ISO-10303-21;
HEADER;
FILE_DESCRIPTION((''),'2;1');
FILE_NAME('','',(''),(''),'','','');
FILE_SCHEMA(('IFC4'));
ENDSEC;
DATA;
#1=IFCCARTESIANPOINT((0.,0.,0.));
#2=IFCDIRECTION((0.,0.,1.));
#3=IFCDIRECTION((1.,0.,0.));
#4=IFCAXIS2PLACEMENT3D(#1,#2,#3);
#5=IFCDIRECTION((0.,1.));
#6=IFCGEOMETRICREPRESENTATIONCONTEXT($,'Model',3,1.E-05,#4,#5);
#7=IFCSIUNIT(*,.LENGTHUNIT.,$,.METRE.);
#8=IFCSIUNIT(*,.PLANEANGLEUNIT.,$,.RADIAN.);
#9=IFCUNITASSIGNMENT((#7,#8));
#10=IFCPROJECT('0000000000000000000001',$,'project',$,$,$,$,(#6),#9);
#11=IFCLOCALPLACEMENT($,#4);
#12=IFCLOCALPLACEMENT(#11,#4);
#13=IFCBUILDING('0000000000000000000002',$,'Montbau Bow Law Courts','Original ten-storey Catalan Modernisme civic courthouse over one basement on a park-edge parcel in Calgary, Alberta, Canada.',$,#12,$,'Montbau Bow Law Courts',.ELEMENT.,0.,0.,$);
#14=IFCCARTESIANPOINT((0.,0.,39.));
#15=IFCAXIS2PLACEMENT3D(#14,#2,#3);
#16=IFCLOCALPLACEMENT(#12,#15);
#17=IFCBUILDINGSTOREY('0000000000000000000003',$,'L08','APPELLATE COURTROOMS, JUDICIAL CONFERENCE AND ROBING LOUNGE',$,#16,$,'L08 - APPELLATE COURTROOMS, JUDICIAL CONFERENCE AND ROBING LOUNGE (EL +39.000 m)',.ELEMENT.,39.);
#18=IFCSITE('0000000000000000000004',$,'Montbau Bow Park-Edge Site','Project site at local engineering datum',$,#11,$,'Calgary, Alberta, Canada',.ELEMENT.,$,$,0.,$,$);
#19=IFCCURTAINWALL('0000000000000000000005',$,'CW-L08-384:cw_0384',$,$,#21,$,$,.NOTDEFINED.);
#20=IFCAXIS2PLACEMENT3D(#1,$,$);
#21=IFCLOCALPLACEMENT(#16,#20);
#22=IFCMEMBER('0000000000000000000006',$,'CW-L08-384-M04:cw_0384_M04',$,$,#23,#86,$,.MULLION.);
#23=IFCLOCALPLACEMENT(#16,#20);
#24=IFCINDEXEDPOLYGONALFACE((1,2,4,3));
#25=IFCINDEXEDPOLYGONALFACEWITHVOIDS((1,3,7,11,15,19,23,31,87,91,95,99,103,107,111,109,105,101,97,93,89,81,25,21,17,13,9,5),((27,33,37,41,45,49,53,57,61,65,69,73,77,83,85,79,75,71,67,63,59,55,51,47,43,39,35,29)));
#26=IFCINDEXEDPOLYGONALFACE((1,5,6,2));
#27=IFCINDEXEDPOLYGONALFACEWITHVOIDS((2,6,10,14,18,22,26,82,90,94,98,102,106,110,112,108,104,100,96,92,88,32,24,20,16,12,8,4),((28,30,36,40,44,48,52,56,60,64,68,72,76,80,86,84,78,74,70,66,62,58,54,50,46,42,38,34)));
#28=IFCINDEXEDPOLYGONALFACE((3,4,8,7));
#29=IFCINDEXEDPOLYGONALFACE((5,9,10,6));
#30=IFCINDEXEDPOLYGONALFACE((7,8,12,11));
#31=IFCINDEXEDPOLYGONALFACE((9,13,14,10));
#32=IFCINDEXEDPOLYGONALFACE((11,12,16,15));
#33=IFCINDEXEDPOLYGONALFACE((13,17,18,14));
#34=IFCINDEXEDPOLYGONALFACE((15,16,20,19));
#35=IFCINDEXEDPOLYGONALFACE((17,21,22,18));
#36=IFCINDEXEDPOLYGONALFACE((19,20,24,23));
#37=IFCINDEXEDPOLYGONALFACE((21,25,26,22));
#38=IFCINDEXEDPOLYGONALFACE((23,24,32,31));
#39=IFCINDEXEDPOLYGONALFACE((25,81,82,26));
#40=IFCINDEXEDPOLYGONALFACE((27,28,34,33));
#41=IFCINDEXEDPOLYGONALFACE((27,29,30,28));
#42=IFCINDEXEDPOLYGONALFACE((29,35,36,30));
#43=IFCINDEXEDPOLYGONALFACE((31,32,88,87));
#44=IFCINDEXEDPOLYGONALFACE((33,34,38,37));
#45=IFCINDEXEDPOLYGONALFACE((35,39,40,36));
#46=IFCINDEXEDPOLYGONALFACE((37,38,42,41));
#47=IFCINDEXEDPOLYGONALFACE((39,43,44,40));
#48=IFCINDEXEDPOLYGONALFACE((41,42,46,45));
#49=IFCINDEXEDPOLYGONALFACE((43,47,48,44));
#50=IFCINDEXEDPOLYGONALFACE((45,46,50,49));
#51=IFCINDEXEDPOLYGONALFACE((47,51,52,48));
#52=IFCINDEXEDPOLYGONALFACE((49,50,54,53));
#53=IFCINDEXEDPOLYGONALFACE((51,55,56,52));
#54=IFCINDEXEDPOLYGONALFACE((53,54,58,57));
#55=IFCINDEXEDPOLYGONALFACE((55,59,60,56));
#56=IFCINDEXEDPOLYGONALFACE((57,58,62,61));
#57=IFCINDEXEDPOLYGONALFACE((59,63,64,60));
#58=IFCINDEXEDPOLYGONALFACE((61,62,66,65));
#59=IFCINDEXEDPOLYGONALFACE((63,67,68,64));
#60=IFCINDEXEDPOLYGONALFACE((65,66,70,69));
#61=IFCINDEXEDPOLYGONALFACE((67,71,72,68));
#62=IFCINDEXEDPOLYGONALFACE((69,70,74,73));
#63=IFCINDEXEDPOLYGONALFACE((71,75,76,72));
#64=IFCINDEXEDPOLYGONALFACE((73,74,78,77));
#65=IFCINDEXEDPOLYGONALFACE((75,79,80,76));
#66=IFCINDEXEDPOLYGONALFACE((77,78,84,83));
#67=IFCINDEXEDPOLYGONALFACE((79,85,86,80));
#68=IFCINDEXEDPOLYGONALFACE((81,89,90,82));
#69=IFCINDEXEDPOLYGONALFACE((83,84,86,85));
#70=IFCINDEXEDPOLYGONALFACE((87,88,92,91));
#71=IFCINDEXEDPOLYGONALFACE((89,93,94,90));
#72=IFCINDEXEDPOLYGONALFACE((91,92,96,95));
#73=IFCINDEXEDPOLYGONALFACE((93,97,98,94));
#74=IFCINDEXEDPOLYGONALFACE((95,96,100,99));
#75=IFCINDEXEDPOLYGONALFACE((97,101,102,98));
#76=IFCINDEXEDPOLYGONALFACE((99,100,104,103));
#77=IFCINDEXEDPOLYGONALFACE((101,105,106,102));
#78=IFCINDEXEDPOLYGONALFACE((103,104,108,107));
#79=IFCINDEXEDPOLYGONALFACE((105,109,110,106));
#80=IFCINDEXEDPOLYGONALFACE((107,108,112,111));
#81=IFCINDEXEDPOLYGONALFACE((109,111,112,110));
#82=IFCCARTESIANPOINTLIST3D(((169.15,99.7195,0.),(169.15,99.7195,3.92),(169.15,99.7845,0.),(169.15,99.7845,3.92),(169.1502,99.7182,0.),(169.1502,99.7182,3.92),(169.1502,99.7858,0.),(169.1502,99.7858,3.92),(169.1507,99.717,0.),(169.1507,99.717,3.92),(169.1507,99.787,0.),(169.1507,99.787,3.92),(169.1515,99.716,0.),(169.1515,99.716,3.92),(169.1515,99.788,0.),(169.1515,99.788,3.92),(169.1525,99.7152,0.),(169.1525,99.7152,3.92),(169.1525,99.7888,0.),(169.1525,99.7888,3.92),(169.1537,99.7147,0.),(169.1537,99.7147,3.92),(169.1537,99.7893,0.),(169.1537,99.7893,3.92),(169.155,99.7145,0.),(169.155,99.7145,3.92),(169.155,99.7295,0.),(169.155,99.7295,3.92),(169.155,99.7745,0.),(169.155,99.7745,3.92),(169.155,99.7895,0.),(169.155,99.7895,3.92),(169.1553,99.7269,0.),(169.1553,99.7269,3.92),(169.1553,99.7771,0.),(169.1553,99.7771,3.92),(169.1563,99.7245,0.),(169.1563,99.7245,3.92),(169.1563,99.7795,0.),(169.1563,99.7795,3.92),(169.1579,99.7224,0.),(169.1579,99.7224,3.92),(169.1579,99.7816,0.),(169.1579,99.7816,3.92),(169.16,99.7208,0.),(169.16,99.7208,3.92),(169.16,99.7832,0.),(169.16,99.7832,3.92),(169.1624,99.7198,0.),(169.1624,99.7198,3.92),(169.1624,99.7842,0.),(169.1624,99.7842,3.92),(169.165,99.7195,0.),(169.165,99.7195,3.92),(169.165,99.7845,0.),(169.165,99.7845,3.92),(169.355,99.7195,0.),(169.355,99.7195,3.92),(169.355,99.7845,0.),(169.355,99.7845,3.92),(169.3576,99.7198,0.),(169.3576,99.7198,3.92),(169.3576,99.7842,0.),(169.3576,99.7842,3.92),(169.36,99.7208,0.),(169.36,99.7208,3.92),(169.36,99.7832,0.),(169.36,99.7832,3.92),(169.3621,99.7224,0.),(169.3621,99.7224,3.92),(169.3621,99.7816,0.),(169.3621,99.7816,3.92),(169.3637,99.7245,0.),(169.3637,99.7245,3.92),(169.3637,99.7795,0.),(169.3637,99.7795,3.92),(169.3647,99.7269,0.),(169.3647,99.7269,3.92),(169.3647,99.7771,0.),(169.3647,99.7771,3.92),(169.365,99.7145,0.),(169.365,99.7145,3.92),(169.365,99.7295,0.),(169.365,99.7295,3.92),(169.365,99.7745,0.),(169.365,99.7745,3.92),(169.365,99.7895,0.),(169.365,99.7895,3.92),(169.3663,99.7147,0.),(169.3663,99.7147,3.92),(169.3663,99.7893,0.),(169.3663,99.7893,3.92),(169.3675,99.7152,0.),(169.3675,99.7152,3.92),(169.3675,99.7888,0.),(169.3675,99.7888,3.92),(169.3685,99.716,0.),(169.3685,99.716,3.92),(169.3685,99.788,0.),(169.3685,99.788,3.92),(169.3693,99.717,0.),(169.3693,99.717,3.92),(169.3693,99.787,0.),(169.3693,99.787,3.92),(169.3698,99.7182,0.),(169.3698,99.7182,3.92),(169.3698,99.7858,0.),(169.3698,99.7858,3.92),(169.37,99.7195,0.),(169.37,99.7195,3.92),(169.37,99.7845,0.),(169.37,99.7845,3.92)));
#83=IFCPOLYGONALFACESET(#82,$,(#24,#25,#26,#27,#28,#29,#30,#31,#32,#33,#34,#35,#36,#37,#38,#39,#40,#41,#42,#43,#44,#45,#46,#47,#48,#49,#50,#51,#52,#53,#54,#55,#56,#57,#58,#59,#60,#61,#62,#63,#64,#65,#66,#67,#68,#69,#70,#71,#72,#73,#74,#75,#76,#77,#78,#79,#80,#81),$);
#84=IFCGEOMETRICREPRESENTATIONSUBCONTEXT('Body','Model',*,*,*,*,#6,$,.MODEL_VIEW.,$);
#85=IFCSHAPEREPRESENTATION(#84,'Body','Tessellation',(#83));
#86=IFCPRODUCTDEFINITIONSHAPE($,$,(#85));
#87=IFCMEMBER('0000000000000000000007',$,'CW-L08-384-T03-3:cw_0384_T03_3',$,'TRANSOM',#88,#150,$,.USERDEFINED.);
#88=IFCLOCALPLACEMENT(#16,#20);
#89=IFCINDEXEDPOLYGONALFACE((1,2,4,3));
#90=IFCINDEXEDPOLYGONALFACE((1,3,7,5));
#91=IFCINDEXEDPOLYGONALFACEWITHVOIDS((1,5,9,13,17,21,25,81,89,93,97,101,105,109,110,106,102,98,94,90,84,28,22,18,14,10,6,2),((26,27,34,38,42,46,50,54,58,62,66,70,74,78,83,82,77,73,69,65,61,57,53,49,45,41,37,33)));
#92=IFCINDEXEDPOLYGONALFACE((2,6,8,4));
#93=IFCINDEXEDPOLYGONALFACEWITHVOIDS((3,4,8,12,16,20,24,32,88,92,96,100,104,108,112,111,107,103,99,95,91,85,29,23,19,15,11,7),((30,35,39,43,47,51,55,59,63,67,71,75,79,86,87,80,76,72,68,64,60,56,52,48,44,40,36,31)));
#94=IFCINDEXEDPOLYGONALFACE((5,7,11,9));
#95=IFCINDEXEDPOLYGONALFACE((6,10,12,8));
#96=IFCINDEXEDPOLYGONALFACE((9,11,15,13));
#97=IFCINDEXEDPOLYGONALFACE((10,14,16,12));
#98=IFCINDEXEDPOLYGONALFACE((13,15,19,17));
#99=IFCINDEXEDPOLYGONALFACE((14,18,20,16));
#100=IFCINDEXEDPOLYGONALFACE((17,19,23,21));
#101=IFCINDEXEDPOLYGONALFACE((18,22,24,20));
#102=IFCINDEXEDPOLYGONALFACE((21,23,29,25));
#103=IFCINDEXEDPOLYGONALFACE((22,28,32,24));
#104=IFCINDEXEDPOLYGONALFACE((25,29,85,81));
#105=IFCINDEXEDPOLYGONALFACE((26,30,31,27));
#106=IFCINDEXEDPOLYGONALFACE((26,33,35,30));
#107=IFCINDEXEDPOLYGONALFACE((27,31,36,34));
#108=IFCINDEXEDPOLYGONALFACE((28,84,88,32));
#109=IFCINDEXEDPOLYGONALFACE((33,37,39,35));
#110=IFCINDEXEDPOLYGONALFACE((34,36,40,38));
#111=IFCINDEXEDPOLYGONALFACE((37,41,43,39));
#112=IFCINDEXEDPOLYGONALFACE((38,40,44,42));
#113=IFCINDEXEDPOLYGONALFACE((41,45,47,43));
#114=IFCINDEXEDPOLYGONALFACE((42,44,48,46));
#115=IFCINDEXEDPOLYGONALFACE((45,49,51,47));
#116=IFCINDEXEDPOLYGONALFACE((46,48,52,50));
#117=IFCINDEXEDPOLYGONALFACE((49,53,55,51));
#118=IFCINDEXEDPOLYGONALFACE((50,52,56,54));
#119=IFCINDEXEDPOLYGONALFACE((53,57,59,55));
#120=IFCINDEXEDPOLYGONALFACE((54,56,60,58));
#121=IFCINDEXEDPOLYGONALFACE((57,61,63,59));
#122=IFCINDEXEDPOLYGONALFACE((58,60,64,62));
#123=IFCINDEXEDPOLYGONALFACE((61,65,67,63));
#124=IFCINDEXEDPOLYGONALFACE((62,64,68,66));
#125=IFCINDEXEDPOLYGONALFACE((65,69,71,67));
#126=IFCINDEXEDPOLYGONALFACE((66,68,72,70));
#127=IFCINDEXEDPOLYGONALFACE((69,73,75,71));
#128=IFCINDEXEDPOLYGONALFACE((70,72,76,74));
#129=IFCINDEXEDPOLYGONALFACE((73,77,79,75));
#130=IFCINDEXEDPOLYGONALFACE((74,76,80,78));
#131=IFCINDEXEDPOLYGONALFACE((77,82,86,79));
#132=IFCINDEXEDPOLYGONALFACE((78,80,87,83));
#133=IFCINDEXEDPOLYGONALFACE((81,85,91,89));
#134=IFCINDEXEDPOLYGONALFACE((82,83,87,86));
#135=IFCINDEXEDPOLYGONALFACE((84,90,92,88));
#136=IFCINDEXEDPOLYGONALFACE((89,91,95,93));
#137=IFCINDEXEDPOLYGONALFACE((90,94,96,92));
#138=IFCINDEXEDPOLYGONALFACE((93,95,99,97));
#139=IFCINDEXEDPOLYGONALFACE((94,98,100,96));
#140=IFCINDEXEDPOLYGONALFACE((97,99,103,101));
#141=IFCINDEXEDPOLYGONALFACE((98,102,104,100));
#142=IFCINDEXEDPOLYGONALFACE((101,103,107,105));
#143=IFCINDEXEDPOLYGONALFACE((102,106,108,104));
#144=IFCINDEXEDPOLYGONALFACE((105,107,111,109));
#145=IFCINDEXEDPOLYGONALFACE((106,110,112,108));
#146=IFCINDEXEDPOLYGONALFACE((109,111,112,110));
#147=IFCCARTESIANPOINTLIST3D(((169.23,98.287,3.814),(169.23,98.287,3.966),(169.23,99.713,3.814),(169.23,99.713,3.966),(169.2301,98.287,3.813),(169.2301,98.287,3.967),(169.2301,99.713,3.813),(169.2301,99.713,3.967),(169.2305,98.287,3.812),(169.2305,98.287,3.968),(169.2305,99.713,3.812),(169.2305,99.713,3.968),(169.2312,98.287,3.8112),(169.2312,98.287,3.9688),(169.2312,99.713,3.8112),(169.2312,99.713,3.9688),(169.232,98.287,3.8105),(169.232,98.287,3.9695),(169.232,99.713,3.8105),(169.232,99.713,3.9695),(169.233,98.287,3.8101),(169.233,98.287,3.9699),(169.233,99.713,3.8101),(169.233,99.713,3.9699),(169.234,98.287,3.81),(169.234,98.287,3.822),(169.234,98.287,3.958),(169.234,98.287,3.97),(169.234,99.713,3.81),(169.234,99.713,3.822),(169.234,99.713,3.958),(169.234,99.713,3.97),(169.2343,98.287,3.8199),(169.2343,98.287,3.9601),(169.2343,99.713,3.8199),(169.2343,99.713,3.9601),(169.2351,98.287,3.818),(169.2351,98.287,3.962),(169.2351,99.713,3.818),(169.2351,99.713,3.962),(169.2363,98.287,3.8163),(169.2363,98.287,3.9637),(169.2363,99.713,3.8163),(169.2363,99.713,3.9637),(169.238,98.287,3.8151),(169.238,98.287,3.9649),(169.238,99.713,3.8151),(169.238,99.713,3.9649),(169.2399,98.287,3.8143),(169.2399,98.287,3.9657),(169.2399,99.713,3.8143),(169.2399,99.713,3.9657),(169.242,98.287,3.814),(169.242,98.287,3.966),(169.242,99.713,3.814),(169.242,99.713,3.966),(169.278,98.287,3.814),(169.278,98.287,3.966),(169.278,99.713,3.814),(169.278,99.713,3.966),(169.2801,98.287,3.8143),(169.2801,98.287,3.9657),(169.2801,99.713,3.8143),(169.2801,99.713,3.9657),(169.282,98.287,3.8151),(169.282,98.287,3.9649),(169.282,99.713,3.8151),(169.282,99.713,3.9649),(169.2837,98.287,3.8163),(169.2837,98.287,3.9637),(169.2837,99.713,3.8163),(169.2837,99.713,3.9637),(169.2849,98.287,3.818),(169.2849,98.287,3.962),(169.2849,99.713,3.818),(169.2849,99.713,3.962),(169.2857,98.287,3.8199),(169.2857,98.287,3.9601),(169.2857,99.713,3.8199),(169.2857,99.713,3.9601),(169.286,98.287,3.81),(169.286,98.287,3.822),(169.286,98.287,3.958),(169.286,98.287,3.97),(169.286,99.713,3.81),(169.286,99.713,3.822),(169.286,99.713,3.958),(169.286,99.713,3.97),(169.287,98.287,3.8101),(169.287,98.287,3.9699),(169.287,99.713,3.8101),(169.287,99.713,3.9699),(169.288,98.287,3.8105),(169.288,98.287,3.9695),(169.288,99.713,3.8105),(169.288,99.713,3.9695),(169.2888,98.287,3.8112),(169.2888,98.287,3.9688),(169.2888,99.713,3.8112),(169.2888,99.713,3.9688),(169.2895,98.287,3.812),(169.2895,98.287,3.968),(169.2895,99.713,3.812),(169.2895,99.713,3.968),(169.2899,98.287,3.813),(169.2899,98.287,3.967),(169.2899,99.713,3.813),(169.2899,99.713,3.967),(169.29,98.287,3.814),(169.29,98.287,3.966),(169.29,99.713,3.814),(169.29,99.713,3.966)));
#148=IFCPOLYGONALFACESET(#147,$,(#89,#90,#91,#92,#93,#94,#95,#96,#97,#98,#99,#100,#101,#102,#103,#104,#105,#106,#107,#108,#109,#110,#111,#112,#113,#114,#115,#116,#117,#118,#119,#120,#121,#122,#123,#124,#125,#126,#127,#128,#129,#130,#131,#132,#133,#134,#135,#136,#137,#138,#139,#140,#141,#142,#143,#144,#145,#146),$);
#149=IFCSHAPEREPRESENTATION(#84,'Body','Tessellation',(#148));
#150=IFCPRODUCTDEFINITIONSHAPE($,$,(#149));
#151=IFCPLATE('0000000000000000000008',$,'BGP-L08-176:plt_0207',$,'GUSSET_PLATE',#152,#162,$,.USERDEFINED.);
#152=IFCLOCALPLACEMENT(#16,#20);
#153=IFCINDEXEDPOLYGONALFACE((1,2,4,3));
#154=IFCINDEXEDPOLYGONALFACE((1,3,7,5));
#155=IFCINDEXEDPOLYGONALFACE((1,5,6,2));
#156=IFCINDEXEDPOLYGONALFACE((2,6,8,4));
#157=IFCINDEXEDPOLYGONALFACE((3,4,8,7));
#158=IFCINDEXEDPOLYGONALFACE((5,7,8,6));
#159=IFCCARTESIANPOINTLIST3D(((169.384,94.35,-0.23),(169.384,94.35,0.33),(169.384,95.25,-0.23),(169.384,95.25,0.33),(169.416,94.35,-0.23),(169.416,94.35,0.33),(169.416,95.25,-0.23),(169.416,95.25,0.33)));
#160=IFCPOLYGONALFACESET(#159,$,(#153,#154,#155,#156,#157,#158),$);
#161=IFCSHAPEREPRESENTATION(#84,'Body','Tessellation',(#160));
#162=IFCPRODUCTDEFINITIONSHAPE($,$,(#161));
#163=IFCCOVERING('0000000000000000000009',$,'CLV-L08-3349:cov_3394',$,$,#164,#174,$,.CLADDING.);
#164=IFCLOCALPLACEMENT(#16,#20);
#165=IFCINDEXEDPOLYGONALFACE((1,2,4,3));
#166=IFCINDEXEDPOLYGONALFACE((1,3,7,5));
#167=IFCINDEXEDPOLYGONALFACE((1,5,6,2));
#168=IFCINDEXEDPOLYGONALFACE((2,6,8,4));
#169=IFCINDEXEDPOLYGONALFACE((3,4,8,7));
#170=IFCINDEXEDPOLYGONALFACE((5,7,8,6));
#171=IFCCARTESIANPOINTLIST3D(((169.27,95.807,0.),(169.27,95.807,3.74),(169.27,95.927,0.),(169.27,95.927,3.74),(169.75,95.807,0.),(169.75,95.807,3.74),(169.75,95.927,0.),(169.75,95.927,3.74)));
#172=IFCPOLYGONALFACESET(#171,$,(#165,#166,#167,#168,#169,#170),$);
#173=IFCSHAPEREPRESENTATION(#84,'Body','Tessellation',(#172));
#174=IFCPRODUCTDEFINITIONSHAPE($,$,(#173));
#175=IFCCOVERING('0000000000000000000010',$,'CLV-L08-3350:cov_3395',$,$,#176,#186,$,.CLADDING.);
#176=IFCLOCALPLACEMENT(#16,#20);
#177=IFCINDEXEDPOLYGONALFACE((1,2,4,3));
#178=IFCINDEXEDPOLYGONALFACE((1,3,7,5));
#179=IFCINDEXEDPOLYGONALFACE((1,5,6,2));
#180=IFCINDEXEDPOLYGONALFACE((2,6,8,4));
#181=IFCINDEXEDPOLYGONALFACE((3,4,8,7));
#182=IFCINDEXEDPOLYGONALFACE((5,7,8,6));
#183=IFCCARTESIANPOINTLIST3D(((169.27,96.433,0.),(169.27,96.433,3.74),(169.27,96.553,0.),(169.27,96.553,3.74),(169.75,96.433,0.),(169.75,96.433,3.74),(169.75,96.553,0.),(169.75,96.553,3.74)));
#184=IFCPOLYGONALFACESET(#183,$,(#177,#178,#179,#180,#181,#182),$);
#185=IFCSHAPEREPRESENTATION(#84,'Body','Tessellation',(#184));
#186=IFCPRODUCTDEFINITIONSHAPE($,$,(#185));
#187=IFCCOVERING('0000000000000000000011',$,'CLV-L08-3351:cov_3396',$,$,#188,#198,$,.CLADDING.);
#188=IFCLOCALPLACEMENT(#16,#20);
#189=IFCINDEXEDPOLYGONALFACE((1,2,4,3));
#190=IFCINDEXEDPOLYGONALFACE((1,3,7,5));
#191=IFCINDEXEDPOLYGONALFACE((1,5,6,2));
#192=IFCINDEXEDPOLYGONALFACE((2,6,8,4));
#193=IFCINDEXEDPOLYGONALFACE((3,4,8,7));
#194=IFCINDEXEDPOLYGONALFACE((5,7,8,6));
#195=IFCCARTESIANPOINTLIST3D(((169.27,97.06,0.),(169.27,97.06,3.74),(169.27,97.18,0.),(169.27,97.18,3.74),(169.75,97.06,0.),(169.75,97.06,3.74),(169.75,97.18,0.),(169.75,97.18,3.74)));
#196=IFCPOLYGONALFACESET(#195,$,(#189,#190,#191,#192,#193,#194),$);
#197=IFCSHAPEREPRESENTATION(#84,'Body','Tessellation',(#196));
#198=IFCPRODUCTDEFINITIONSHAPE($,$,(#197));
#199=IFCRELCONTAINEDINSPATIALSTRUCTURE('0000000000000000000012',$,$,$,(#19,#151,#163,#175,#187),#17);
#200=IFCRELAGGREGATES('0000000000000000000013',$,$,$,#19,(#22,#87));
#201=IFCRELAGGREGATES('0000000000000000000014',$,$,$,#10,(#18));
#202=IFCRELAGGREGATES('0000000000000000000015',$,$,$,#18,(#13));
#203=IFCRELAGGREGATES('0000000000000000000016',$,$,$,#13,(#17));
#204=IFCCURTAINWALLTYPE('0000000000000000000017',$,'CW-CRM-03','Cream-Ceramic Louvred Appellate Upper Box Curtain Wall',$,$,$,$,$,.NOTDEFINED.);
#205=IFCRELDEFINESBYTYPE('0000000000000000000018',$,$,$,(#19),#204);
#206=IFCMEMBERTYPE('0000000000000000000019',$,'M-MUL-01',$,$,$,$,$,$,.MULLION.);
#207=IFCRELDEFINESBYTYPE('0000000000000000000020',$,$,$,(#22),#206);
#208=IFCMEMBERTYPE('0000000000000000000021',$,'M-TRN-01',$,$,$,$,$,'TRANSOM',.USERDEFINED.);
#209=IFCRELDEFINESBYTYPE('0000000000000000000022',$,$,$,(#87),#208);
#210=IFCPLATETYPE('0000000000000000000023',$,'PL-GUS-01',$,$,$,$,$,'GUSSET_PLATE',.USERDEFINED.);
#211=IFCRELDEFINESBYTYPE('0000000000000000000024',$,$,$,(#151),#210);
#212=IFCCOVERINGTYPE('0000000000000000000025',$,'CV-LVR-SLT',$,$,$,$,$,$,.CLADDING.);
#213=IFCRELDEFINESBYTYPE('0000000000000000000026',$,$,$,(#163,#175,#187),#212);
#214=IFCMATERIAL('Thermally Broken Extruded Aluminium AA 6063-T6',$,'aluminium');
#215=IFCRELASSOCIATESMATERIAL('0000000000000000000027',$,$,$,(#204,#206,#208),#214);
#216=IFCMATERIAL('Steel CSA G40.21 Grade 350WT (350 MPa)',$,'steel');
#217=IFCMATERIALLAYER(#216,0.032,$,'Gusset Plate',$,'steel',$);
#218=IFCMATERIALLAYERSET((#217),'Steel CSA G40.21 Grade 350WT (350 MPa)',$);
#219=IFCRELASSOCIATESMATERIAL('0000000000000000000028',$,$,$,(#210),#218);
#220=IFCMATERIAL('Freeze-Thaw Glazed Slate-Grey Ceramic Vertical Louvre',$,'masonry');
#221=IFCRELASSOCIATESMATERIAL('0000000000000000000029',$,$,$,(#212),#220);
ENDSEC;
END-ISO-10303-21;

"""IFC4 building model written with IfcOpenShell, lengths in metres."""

from ifc_helpers import new_model, si_unit, direction, frame, frame_2d, origin_with_axes, origin_2d_with_axis, place, context, subcontext, project, spatial, rectangle, hollow_rectangle, extrude, material, layer, layer_set, material_profile, profile_set, type_object, element, aggregate, save


model = new_model("IFC4")

# Units and contexts
model_context = context("Model", 3, precision=1e-05, world=origin_with_axes(), true_north=direction((0.0, 1.0)))
body_context = subcontext(model_context, "Body", "Model", "MODEL_VIEW")
ifc_project = project(units=[si_unit("LENGTHUNIT", "METRE"), si_unit("PLANEANGLEUNIT", "RADIAN")], contexts=[model_context])

# Site, building, storey
site_placement = place(None, origin_with_axes())
site = spatial("IfcSite", under=ifc_project, at=site_placement, Name="Montbau Bow Park-Edge Site", Description="Project site at local engineering datum", LongName="Calgary, Alberta, Canada", CompositionType="ELEMENT", RefElevation=0.0)
building_placement = place(site_placement, origin_with_axes())
building = spatial("IfcBuilding", under=site, at=building_placement, Name="Montbau Bow Law Courts", Description="Original ten-storey Catalan Modernisme civic courthouse over one basement on a park-edge parcel in Calgary, Alberta, Canada.", LongName="Montbau Bow Law Courts", CompositionType="ELEMENT", ElevationOfRefHeight=0.0, ElevationOfTerrain=0.0)
storey_placement = place(building_placement, frame((0.0, 0.0, 39.0), z_axis=(0.0, 0.0, 1.0), x_axis=(1.0, 0.0, 0.0)))
storey = spatial("IfcBuildingStorey", under=building, at=storey_placement, Name="L08", Description="APPELLATE COURTROOMS, JUDICIAL CONFERENCE AND ROBING LOUNGE", LongName="L08 - APPELLATE COURTROOMS, JUDICIAL CONFERENCE AND ROBING LOUNGE (EL +39.000 m)", CompositionType="ELEMENT", Elevation=39.0)

# Curtain wall, members
ifc_material_1 = material(Name="Thermally Broken Extruded Aluminium AA 6063-T6", Category="aluminium")
curtain_wall_type = type_object("IfcCurtainWallType", Name="CW-CRM-03", Description="Cream-Ceramic Louvred Appellate Upper Box Curtain Wall", PredefinedType="NOTDEFINED", material=ifc_material_1)
curtain_wall_placement = place(None, frame((169.26, 95.24, 39.0), z_axis=(0.0, 0.0, 1.0), x_axis=(1.0, 0.0, 0.0)))
curtain_wall = element("IfcCurtainWall", 1, at=curtain_wall_placement, inside=storey, type_object=curtain_wall_type, Name="CW-L08-384:cw_0384", PredefinedType="NOTDEFINED")
ifc_material_profile_1 = material_profile(ifc_material_1, hollow_rectangle(XDim=0.075, YDim=0.22, WallThickness=0.005, InnerFilletRadius=0.01, OuterFilletRadius=0.005, at=origin_2d_with_axis()), Name="CWM-220X75", Category="Main", Priority=0)
ifc_profile_set_1 = profile_set([ifc_material_profile_1], Name="Thermally Broken Extruded Aluminium AA 6063-T6")
member_type_1 = type_object("IfcMemberType", Name="M-MUL-01", PredefinedType="MULLION", material=ifc_profile_set_1)
member_1_placement = place(None, frame((169.26, 99.752, 39.0), z_axis=(0.0, 0.0, 1.0), x_axis=(0.0, 1.0, 0.0)))
member_1 = element("IfcMember", 2, at=member_1_placement, type_object=member_type_1, Name="CW-L08-384-M04:cw_0384_M04", PredefinedType="MULLION", context=body_context, shape_type="SweptSolid", body=[
    extrude(hollow_rectangle(XDim=0.075, YDim=0.22, WallThickness=0.005, InnerFilletRadius=0.01, OuterFilletRadius=0.005, at=origin_2d_with_axis()), origin_with_axes(), (0.0, 0.0, 1.0), 3.92),
])
ifc_material_profile_2 = material_profile(ifc_material_1, hollow_rectangle(XDim=0.06, YDim=0.16, WallThickness=0.004, InnerFilletRadius=0.008, OuterFilletRadius=0.004, at=origin_2d_with_axis()), Name="CWT-160X60", Category="Main", Priority=0)
ifc_profile_set_2 = profile_set([ifc_material_profile_2], Name="Thermally Broken Extruded Aluminium AA 6063-T6")
member_type_2 = type_object("IfcMemberType", Name="M-TRN-01", ElementType="TRANSOM", PredefinedType="USERDEFINED", material=ifc_profile_set_2)
member_2_placement = place(None, frame((169.26, 98.287, 42.89), z_axis=(0.0, 1.0, 0.0), x_axis=(-1.0, 0.0, 0.0)))
member_2 = element("IfcMember", 3, at=member_2_placement, type_object=member_type_2, Name="CW-L08-384-T03-3:cw_0384_T03_3", ObjectType="TRANSOM", PredefinedType="USERDEFINED", context=body_context, shape_type="SweptSolid", body=[
    extrude(hollow_rectangle(XDim=0.06, YDim=0.16, WallThickness=0.004, InnerFilletRadius=0.008, OuterFilletRadius=0.004, at=origin_2d_with_axis()), origin_with_axes(), (0.0, 0.0, 1.0), 1.426),
])
aggregate(curtain_wall, [member_1, member_2])

# Plate
ifc_material_2 = material(Name="Steel CSA G40.21 Grade 350WT (350 MPa)", Category="steel")
ifc_layer = layer(ifc_material_2, 0.032, Name="Gusset Plate", Category="steel")
ifc_layer_set = layer_set([ifc_layer], Name="Steel CSA G40.21 Grade 350WT (350 MPa)")
plate_type = type_object("IfcPlateType", Name="PL-GUS-01", ElementType="GUSSET_PLATE", PredefinedType="USERDEFINED", material=ifc_layer_set)
plate_placement = place(None, frame((169.4, 94.8, 38.77), z_axis=(0.0, 0.0, 1.0), x_axis=(0.0, 1.0, 0.0)))
element("IfcPlate", 4, at=plate_placement, inside=storey, type_object=plate_type, Name="BGP-L08-176:plt_0207", ObjectType="GUSSET_PLATE", PredefinedType="USERDEFINED", context=body_context, shape_type="SweptSolid", body=[
    extrude(rectangle(XDim=0.9, YDim=0.032, at=origin_2d_with_axis()), origin_with_axes(), (0.0, 0.0, 1.0), 0.56),
])

# Coverings
ifc_material_3 = material(Name="Freeze-Thaw Glazed Slate-Grey Ceramic Vertical Louvre", Category="masonry")
covering_type = type_object("IfcCoveringType", Name="CV-LVR-SLT", PredefinedType="CLADDING", material=ifc_material_3)
for number, where, z_axis, x_axis, name in (
    (5, (169.27, 95.867, 39.0), (0.0, -1.0, 0.0), (1.0, 0.0, 0.0), "CLV-L08-3349:cov_3394"),
    (6, (169.27, 96.493, 39.0), (0.0, -1.0, 0.0), (1.0, 0.0, 0.0), "CLV-L08-3350:cov_3395"),
    (7, (169.27, 97.12, 39.0), (0.0, -1.0, 0.0), (1.0, 0.0, 0.0), "CLV-L08-3351:cov_3396"),
):
    element("IfcCovering", number, at=place(None, frame(where, z_axis=z_axis, x_axis=x_axis)), inside=storey, type_object=covering_type, Name=name, PredefinedType="CLADDING", context=body_context, shape_type="SweptSolid", body=[
        extrude(rectangle(XDim=0.48, YDim=3.74, at=frame_2d((0.24, 1.87), x_axis=(1.0, 0.0))), frame((0.0, 0.0, -0.06), z_axis=(0.0, 0.0, 1.0), x_axis=(1.0, 0.0, 0.0)), (0.0, 0.0, 1.0), 0.12),
    ])

save(model, "model.ifc")
